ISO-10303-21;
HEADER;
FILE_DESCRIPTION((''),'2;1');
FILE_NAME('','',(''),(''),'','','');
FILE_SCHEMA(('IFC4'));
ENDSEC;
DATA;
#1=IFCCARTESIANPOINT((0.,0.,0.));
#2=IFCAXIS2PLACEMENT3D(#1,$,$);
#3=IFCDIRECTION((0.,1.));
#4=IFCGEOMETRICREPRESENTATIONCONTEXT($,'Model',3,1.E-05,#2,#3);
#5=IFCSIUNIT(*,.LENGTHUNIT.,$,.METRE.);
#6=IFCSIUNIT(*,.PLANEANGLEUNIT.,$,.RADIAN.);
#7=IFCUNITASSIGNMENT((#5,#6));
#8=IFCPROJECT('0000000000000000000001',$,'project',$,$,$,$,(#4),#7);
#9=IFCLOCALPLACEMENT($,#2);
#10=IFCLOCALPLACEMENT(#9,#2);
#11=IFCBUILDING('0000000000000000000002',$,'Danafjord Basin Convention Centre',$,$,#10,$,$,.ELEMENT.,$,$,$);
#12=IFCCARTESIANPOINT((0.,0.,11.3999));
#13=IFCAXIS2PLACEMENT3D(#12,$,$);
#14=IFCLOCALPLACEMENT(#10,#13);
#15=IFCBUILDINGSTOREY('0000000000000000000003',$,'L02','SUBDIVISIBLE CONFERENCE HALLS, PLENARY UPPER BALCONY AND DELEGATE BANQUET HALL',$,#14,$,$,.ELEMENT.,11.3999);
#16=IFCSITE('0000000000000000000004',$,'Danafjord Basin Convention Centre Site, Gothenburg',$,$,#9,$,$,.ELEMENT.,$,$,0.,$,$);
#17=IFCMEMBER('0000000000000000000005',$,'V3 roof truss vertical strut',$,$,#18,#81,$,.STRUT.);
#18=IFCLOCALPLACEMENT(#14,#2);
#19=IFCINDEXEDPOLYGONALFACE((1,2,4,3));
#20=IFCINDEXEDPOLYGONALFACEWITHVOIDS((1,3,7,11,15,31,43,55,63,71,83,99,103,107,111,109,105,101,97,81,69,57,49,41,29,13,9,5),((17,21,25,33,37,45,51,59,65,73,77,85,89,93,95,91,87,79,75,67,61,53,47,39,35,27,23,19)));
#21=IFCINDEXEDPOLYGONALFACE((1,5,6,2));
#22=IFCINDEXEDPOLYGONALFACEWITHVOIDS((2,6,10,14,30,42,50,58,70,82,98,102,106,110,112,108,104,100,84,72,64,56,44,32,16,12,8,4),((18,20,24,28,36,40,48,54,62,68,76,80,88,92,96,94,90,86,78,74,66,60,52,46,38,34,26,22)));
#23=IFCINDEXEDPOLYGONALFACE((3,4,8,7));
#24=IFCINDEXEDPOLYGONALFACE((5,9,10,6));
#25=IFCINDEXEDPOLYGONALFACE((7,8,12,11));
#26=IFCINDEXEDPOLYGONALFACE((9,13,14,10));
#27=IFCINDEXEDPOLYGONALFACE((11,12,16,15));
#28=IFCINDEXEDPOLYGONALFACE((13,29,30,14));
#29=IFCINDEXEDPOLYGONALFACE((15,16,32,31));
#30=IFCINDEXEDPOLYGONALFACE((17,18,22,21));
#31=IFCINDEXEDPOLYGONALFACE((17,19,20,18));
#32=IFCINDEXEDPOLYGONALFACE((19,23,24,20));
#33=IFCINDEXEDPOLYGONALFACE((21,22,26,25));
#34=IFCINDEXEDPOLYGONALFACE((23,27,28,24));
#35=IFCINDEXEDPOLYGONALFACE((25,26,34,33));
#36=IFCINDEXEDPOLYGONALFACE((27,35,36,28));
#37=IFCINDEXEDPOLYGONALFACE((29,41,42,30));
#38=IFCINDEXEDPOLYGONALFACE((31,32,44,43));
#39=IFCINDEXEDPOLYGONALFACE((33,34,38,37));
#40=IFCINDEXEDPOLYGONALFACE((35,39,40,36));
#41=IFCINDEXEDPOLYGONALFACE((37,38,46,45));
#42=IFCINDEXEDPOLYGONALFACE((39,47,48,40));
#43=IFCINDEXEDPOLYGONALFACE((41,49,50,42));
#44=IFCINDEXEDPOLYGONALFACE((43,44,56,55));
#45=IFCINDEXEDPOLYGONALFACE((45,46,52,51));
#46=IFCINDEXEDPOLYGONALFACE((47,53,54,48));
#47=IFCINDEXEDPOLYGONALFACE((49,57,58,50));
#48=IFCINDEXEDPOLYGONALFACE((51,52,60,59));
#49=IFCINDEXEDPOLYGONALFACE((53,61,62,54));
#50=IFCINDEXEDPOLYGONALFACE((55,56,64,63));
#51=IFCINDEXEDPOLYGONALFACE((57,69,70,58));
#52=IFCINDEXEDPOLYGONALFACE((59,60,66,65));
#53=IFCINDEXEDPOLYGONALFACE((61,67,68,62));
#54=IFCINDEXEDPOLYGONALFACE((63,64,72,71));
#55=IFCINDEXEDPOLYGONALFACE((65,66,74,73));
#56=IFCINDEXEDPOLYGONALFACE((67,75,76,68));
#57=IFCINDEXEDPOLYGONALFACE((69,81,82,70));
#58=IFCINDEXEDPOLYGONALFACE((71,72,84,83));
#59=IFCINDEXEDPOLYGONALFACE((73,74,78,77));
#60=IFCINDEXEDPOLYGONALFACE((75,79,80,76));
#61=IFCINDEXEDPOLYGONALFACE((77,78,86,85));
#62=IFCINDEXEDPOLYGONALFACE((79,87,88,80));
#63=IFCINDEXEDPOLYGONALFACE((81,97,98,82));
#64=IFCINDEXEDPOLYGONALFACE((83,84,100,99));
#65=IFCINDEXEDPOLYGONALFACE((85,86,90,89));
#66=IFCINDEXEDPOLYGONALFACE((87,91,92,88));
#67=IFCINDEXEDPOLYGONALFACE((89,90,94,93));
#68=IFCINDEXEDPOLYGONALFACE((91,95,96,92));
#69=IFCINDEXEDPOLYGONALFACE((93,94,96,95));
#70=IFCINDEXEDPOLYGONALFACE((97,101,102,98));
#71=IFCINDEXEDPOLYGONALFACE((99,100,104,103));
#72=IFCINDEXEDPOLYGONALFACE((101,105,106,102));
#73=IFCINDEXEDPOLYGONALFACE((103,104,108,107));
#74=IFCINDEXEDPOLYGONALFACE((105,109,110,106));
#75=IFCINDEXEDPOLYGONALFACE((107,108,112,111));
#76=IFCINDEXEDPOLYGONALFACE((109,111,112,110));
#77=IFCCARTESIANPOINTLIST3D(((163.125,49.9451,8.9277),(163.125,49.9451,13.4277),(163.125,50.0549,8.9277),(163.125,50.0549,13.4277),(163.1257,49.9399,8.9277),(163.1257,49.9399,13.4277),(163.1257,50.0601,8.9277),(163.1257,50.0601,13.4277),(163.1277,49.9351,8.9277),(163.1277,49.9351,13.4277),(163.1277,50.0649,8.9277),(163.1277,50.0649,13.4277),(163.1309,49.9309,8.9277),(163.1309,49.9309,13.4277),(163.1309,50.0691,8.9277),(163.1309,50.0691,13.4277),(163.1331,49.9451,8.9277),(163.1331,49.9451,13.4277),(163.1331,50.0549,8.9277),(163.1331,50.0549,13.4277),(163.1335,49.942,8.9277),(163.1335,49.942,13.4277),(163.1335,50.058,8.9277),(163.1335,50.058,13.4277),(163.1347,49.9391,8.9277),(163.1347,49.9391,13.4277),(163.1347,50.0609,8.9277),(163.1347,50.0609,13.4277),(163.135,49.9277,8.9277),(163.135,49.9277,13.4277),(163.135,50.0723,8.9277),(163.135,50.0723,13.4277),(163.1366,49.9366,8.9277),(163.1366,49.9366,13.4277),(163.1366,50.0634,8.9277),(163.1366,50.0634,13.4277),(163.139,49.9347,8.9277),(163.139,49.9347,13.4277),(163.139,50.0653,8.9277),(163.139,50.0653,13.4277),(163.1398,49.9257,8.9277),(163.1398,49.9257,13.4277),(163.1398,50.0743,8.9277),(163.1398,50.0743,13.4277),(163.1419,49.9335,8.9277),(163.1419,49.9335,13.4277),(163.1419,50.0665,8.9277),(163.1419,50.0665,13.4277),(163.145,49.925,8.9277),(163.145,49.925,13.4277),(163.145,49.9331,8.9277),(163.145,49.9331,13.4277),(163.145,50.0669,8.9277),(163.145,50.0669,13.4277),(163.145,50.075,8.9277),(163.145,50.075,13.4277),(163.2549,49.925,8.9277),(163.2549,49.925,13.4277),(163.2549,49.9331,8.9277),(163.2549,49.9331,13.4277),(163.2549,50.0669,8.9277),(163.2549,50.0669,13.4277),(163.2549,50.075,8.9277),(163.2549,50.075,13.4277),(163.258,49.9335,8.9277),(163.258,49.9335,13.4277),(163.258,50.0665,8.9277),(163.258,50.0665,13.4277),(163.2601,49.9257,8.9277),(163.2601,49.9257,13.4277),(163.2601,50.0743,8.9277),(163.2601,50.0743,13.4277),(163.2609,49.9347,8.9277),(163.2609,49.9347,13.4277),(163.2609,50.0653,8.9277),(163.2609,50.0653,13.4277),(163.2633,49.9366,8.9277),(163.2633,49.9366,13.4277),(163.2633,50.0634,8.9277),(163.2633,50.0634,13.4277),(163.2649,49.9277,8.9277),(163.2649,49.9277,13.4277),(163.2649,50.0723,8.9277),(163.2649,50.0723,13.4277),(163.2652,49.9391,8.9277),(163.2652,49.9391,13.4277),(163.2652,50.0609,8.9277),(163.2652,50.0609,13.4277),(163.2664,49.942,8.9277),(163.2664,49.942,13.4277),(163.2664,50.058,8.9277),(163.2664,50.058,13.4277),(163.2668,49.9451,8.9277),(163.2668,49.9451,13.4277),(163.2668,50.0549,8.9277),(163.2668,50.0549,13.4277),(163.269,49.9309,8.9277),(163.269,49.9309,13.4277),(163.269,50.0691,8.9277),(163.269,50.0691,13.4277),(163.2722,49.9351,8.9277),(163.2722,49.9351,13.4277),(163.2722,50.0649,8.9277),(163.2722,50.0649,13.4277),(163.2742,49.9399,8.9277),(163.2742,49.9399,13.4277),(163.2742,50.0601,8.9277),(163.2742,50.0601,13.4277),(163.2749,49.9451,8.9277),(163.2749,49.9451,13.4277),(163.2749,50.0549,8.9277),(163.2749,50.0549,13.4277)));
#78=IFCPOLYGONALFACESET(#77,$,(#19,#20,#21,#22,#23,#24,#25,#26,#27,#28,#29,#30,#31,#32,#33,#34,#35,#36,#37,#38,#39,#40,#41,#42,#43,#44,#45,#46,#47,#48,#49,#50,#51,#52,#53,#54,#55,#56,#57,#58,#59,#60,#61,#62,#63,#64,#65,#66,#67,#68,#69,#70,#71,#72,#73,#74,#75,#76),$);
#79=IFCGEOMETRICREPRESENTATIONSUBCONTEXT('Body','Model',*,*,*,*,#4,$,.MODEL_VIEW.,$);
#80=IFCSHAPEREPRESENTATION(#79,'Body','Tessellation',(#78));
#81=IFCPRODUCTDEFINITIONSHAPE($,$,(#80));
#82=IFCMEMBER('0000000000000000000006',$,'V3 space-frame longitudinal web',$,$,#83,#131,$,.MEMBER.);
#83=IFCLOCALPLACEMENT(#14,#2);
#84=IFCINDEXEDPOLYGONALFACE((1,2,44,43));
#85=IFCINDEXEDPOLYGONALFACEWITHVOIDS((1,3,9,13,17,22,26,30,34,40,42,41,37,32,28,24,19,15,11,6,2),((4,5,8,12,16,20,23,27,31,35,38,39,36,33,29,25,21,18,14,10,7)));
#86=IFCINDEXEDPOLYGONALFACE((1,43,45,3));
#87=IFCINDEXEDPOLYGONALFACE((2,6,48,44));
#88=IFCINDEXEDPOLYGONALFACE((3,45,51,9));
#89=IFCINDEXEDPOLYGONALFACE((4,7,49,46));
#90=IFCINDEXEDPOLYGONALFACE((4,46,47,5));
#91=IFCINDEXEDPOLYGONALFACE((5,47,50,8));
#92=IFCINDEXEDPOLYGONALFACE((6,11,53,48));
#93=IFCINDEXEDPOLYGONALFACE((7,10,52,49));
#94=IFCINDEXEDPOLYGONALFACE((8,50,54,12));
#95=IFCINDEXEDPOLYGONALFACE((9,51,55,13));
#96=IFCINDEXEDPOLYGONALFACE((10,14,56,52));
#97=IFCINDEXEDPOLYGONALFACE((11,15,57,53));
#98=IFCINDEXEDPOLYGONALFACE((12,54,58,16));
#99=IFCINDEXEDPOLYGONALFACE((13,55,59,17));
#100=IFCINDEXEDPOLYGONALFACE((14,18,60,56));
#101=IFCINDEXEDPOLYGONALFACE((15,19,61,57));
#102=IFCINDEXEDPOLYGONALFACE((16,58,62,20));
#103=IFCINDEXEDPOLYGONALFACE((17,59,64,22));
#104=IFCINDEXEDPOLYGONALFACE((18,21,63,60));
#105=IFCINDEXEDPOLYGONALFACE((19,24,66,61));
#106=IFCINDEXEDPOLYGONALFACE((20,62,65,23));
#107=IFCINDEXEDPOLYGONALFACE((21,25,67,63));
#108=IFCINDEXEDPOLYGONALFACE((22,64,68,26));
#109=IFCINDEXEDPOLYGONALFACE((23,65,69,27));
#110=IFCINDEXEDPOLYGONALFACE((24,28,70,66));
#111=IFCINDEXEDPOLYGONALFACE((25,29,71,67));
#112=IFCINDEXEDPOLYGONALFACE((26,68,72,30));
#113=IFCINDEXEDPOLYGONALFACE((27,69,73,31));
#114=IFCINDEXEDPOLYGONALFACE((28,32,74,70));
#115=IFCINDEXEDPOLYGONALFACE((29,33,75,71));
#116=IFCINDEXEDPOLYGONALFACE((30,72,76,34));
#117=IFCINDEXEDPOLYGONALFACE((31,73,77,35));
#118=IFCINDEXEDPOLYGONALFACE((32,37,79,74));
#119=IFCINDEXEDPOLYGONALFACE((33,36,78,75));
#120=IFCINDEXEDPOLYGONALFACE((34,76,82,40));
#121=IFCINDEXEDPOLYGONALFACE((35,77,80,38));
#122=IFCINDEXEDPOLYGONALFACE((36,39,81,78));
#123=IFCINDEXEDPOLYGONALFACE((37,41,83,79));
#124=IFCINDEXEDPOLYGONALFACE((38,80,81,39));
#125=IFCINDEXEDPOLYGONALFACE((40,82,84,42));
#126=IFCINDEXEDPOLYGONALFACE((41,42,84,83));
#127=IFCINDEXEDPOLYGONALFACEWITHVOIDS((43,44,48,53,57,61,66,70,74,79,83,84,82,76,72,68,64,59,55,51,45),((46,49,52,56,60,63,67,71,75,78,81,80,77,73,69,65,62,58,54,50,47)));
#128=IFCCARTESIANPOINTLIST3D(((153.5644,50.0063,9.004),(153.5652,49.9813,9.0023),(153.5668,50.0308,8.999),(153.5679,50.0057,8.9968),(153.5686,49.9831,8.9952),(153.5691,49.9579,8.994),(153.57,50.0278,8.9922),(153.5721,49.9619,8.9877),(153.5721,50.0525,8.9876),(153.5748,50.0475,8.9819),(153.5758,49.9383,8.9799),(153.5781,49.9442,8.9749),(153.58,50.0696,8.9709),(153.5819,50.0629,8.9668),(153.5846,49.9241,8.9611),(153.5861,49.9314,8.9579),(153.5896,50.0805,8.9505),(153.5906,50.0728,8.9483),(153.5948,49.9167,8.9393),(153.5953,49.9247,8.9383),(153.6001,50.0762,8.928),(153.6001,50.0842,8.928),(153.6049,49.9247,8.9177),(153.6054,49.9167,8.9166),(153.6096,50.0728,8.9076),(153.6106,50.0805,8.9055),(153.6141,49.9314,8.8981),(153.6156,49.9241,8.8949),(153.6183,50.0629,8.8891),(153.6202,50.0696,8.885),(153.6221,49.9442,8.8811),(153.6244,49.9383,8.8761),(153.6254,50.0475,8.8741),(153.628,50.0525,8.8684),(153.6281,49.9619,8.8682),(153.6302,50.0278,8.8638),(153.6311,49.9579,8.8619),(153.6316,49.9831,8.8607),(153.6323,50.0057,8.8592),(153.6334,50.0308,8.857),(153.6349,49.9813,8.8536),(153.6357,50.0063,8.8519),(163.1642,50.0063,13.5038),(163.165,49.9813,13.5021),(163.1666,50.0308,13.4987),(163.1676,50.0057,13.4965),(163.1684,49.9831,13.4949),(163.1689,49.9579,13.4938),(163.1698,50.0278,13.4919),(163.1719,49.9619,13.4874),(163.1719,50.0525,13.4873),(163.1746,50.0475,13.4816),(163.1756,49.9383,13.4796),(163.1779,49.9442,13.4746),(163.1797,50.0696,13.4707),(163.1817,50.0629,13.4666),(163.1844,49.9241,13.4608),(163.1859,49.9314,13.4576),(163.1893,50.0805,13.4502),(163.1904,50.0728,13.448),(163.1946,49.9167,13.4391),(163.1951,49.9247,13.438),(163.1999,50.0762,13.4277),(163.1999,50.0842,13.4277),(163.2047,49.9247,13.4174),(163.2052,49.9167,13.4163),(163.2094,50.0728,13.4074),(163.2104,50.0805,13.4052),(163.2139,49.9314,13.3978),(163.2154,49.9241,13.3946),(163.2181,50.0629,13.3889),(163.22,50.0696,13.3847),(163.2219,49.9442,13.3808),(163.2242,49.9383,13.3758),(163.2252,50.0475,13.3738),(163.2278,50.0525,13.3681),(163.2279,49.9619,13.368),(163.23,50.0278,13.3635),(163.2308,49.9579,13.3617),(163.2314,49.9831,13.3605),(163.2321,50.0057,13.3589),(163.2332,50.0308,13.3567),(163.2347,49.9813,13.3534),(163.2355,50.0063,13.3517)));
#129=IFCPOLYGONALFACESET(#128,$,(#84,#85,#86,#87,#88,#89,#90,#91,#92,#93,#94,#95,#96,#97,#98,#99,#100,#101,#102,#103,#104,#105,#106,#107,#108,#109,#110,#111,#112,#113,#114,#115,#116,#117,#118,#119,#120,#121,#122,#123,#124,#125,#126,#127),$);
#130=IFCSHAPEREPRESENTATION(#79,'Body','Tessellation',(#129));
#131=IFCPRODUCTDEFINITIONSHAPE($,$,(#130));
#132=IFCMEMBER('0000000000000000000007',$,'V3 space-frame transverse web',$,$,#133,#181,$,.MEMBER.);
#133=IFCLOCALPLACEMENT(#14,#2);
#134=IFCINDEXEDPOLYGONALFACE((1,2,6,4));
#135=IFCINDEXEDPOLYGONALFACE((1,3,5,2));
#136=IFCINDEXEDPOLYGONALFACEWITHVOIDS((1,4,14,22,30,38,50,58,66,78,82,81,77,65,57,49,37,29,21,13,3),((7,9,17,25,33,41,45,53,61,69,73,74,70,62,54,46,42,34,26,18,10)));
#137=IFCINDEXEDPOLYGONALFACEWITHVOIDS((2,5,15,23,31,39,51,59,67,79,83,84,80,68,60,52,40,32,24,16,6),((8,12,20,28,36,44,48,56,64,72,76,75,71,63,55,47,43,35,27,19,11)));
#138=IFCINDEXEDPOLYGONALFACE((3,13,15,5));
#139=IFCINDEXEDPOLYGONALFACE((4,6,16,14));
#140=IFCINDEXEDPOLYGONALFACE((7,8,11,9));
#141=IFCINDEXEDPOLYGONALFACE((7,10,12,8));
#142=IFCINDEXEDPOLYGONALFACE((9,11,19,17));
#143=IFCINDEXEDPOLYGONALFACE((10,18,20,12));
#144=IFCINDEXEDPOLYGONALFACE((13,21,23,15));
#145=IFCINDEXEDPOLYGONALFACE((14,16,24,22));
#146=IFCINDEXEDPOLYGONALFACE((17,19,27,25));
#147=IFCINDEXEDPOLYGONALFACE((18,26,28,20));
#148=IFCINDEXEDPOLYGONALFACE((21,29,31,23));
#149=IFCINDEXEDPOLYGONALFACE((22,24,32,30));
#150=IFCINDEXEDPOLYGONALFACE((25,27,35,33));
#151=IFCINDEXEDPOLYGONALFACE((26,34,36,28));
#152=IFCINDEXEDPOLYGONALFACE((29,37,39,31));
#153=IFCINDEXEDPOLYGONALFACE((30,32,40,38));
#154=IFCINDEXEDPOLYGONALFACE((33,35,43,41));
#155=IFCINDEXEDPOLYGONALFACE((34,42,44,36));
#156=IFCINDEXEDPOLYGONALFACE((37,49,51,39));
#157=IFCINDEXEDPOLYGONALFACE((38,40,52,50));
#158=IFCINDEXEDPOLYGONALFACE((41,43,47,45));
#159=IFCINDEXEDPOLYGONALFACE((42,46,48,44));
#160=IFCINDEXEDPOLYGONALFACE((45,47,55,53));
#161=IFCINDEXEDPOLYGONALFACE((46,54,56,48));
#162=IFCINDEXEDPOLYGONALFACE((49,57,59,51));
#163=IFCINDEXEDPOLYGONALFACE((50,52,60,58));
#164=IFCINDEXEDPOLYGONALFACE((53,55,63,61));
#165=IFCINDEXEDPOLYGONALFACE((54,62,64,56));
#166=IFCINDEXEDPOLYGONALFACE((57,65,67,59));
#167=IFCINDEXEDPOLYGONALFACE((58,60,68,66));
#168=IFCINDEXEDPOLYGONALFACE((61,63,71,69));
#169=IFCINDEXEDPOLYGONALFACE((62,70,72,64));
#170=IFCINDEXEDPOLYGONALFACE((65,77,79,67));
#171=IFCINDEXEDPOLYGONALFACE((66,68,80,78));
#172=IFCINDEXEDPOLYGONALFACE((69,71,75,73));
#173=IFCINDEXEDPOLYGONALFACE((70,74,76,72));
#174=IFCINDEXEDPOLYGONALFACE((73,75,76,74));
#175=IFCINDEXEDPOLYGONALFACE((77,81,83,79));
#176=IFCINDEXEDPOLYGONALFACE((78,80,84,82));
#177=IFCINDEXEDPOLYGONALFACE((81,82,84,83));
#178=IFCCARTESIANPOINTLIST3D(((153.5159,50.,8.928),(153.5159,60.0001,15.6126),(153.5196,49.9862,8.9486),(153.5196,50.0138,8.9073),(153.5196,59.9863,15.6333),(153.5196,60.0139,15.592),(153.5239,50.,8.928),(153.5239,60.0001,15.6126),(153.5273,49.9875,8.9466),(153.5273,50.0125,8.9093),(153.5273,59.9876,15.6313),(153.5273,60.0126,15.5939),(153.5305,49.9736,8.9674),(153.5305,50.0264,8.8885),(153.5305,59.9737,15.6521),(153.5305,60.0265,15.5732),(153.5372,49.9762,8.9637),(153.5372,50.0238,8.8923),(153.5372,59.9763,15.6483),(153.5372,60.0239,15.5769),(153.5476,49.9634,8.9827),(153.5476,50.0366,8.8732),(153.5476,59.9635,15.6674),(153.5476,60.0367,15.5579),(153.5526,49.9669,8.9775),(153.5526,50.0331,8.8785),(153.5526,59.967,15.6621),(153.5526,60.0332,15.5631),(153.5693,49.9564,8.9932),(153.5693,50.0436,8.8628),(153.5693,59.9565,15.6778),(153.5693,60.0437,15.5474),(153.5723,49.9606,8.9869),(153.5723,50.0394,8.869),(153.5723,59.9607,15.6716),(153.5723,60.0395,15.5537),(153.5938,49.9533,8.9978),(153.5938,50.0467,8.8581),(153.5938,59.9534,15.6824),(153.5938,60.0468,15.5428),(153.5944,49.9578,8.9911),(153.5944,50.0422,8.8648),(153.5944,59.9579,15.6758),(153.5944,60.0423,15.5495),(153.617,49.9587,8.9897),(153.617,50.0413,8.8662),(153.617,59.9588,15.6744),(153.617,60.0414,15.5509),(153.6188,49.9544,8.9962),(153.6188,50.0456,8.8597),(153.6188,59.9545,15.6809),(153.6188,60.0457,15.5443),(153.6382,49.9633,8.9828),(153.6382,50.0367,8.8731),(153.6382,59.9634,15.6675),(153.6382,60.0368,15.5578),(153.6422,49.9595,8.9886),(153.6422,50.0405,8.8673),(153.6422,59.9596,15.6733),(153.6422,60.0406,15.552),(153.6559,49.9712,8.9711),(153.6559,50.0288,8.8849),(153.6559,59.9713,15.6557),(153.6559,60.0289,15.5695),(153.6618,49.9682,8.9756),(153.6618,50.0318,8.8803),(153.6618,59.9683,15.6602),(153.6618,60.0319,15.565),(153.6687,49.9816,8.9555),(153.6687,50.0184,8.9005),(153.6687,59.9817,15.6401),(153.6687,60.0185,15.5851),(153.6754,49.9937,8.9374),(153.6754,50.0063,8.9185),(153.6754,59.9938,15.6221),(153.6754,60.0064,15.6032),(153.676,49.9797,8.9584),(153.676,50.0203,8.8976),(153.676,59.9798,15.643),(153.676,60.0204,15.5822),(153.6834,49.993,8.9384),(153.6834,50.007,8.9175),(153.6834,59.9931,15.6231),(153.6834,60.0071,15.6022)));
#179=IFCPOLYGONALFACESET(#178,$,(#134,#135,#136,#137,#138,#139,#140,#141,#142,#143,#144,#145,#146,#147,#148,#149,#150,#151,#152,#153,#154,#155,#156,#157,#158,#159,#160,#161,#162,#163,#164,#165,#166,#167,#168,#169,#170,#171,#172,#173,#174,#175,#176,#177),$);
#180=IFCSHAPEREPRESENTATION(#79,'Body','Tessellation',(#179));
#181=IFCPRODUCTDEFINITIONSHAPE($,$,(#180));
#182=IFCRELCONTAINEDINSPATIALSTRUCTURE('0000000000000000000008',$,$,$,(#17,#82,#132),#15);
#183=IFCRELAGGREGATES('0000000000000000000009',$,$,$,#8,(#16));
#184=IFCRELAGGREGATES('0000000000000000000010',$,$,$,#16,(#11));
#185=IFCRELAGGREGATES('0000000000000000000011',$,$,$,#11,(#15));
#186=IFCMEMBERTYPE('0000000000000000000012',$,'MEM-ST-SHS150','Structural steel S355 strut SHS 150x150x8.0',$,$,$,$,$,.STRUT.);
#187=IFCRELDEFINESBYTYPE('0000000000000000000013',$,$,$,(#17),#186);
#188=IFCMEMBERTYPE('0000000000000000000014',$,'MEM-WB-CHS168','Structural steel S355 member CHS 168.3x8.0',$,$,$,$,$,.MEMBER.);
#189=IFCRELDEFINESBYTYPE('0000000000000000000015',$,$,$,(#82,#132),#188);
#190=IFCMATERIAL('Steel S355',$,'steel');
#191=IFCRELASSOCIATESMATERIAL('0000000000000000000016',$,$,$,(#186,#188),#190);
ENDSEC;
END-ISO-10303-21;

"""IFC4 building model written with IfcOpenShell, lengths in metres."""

from ifc_helpers import new_model, si_unit, direction, frame, origin, origin_2d, place, context, subcontext, project, spatial, hollow_rectangle, hollow_circle, extrude, material, material_profile, profile_set, type_object, element, save


model = new_model("IFC4")

# Units and contexts
model_context = context("Model", 3, precision=1e-05, world=origin(), true_north=direction((0.0, 1.0)))
body_context = subcontext(model_context, "Body", "Model", "MODEL_VIEW")
ifc_project = project(units=[si_unit("LENGTHUNIT", "METRE"), si_unit("PLANEANGLEUNIT", "RADIAN")], contexts=[model_context])

# Site, building, storey
site_placement = place(None, origin())
site = spatial("IfcSite", under=ifc_project, at=site_placement, Name="Danafjord Basin Convention Centre Site, Gothenburg", CompositionType="ELEMENT", RefElevation=0.0)
building_placement = place(site_placement, origin())
building = spatial("IfcBuilding", under=site, at=building_placement, Name="Danafjord Basin Convention Centre", CompositionType="ELEMENT")
storey_placement = place(building_placement, frame((0.0, 0.0, 11.3999)))
storey = spatial("IfcBuildingStorey", under=building, at=storey_placement, Name="L02", Description="SUBDIVISIBLE CONFERENCE HALLS, PLENARY UPPER BALCONY AND DELEGATE BANQUET HALL", CompositionType="ELEMENT", Elevation=11.3999)

# Members
ifc_material = material(Name="Steel S355", Category="steel")
ifc_material_profile_1 = material_profile(ifc_material, hollow_rectangle(XDim=0.1499, YDim=0.1499, WallThickness=0.0081, InnerFilletRadius=0.012, OuterFilletRadius=0.02, at=origin_2d()), Name="SHS 150x150x8.0")
ifc_profile_set_1 = profile_set([ifc_material_profile_1], Name="Steel S355")
member_type_1 = type_object("IfcMemberType", Name="MEM-ST-SHS150", Description="Structural steel S355 strut SHS 150x150x8.0", PredefinedType="STRUT", material=ifc_profile_set_1)
member_1_placement = place(storey_placement, frame((163.2, 50.0, 8.9277), z_axis=(0.0, 0.0, 1.0), x_axis=(1.0, 0.0, 0.0)))
element("IfcMember", 1, at=member_1_placement, inside=storey, type_object=member_type_1, Name="V3 roof truss vertical strut", PredefinedType="STRUT", context=body_context, shape_type="SweptSolid", body=[
    extrude(hollow_rectangle(XDim=0.1499, YDim=0.1499, WallThickness=0.0081, InnerFilletRadius=0.012, OuterFilletRadius=0.02, at=origin_2d()), origin(), (0.0, 0.0, 1.0), 4.5),
])
ifc_material_profile_2 = material_profile(ifc_material, hollow_circle(Radius=0.0842, WallThickness=0.0081, at=origin_2d()), Name="CHS 168.3x8.0")
ifc_profile_set_2 = profile_set([ifc_material_profile_2], Name="Steel S355")
member_type_2 = type_object("IfcMemberType", Name="MEM-WB-CHS168", Description="Structural steel S355 member CHS 168.3x8.0", PredefinedType="MEMBER", material=ifc_profile_set_2)
member_2_placement = place(storey_placement, frame((153.6001, 50.0, 8.928), z_axis=(0.905465, 0.0, 0.42442), x_axis=(0.0, 1.0, 0.0)))
element("IfcMember", 2, at=member_2_placement, inside=storey, type_object=member_type_2, Name="V3 space-frame longitudinal web", PredefinedType="MEMBER", context=body_context, shape_type="SweptSolid", body=[
    extrude(hollow_circle(Radius=0.0842, WallThickness=0.0081, at=origin_2d()), origin(), (0.0, 0.0, 1.0), 10.6021),
])
member_3_placement = place(storey_placement, frame((153.6001, 50.0, 8.928), z_axis=(0.0, 0.831363, 0.55573), x_axis=(-1.0, 0.0, 0.0)))
element("IfcMember", 3, at=member_3_placement, inside=storey, type_object=member_type_2, Name="V3 space-frame transverse web", PredefinedType="MEMBER", context=body_context, shape_type="SweptSolid", body=[
    extrude(hollow_circle(Radius=0.0842, WallThickness=0.0081, at=origin_2d()), origin(), (0.0, 0.0, 1.0), 12.0286),
])

save(model, "model.ifc")
